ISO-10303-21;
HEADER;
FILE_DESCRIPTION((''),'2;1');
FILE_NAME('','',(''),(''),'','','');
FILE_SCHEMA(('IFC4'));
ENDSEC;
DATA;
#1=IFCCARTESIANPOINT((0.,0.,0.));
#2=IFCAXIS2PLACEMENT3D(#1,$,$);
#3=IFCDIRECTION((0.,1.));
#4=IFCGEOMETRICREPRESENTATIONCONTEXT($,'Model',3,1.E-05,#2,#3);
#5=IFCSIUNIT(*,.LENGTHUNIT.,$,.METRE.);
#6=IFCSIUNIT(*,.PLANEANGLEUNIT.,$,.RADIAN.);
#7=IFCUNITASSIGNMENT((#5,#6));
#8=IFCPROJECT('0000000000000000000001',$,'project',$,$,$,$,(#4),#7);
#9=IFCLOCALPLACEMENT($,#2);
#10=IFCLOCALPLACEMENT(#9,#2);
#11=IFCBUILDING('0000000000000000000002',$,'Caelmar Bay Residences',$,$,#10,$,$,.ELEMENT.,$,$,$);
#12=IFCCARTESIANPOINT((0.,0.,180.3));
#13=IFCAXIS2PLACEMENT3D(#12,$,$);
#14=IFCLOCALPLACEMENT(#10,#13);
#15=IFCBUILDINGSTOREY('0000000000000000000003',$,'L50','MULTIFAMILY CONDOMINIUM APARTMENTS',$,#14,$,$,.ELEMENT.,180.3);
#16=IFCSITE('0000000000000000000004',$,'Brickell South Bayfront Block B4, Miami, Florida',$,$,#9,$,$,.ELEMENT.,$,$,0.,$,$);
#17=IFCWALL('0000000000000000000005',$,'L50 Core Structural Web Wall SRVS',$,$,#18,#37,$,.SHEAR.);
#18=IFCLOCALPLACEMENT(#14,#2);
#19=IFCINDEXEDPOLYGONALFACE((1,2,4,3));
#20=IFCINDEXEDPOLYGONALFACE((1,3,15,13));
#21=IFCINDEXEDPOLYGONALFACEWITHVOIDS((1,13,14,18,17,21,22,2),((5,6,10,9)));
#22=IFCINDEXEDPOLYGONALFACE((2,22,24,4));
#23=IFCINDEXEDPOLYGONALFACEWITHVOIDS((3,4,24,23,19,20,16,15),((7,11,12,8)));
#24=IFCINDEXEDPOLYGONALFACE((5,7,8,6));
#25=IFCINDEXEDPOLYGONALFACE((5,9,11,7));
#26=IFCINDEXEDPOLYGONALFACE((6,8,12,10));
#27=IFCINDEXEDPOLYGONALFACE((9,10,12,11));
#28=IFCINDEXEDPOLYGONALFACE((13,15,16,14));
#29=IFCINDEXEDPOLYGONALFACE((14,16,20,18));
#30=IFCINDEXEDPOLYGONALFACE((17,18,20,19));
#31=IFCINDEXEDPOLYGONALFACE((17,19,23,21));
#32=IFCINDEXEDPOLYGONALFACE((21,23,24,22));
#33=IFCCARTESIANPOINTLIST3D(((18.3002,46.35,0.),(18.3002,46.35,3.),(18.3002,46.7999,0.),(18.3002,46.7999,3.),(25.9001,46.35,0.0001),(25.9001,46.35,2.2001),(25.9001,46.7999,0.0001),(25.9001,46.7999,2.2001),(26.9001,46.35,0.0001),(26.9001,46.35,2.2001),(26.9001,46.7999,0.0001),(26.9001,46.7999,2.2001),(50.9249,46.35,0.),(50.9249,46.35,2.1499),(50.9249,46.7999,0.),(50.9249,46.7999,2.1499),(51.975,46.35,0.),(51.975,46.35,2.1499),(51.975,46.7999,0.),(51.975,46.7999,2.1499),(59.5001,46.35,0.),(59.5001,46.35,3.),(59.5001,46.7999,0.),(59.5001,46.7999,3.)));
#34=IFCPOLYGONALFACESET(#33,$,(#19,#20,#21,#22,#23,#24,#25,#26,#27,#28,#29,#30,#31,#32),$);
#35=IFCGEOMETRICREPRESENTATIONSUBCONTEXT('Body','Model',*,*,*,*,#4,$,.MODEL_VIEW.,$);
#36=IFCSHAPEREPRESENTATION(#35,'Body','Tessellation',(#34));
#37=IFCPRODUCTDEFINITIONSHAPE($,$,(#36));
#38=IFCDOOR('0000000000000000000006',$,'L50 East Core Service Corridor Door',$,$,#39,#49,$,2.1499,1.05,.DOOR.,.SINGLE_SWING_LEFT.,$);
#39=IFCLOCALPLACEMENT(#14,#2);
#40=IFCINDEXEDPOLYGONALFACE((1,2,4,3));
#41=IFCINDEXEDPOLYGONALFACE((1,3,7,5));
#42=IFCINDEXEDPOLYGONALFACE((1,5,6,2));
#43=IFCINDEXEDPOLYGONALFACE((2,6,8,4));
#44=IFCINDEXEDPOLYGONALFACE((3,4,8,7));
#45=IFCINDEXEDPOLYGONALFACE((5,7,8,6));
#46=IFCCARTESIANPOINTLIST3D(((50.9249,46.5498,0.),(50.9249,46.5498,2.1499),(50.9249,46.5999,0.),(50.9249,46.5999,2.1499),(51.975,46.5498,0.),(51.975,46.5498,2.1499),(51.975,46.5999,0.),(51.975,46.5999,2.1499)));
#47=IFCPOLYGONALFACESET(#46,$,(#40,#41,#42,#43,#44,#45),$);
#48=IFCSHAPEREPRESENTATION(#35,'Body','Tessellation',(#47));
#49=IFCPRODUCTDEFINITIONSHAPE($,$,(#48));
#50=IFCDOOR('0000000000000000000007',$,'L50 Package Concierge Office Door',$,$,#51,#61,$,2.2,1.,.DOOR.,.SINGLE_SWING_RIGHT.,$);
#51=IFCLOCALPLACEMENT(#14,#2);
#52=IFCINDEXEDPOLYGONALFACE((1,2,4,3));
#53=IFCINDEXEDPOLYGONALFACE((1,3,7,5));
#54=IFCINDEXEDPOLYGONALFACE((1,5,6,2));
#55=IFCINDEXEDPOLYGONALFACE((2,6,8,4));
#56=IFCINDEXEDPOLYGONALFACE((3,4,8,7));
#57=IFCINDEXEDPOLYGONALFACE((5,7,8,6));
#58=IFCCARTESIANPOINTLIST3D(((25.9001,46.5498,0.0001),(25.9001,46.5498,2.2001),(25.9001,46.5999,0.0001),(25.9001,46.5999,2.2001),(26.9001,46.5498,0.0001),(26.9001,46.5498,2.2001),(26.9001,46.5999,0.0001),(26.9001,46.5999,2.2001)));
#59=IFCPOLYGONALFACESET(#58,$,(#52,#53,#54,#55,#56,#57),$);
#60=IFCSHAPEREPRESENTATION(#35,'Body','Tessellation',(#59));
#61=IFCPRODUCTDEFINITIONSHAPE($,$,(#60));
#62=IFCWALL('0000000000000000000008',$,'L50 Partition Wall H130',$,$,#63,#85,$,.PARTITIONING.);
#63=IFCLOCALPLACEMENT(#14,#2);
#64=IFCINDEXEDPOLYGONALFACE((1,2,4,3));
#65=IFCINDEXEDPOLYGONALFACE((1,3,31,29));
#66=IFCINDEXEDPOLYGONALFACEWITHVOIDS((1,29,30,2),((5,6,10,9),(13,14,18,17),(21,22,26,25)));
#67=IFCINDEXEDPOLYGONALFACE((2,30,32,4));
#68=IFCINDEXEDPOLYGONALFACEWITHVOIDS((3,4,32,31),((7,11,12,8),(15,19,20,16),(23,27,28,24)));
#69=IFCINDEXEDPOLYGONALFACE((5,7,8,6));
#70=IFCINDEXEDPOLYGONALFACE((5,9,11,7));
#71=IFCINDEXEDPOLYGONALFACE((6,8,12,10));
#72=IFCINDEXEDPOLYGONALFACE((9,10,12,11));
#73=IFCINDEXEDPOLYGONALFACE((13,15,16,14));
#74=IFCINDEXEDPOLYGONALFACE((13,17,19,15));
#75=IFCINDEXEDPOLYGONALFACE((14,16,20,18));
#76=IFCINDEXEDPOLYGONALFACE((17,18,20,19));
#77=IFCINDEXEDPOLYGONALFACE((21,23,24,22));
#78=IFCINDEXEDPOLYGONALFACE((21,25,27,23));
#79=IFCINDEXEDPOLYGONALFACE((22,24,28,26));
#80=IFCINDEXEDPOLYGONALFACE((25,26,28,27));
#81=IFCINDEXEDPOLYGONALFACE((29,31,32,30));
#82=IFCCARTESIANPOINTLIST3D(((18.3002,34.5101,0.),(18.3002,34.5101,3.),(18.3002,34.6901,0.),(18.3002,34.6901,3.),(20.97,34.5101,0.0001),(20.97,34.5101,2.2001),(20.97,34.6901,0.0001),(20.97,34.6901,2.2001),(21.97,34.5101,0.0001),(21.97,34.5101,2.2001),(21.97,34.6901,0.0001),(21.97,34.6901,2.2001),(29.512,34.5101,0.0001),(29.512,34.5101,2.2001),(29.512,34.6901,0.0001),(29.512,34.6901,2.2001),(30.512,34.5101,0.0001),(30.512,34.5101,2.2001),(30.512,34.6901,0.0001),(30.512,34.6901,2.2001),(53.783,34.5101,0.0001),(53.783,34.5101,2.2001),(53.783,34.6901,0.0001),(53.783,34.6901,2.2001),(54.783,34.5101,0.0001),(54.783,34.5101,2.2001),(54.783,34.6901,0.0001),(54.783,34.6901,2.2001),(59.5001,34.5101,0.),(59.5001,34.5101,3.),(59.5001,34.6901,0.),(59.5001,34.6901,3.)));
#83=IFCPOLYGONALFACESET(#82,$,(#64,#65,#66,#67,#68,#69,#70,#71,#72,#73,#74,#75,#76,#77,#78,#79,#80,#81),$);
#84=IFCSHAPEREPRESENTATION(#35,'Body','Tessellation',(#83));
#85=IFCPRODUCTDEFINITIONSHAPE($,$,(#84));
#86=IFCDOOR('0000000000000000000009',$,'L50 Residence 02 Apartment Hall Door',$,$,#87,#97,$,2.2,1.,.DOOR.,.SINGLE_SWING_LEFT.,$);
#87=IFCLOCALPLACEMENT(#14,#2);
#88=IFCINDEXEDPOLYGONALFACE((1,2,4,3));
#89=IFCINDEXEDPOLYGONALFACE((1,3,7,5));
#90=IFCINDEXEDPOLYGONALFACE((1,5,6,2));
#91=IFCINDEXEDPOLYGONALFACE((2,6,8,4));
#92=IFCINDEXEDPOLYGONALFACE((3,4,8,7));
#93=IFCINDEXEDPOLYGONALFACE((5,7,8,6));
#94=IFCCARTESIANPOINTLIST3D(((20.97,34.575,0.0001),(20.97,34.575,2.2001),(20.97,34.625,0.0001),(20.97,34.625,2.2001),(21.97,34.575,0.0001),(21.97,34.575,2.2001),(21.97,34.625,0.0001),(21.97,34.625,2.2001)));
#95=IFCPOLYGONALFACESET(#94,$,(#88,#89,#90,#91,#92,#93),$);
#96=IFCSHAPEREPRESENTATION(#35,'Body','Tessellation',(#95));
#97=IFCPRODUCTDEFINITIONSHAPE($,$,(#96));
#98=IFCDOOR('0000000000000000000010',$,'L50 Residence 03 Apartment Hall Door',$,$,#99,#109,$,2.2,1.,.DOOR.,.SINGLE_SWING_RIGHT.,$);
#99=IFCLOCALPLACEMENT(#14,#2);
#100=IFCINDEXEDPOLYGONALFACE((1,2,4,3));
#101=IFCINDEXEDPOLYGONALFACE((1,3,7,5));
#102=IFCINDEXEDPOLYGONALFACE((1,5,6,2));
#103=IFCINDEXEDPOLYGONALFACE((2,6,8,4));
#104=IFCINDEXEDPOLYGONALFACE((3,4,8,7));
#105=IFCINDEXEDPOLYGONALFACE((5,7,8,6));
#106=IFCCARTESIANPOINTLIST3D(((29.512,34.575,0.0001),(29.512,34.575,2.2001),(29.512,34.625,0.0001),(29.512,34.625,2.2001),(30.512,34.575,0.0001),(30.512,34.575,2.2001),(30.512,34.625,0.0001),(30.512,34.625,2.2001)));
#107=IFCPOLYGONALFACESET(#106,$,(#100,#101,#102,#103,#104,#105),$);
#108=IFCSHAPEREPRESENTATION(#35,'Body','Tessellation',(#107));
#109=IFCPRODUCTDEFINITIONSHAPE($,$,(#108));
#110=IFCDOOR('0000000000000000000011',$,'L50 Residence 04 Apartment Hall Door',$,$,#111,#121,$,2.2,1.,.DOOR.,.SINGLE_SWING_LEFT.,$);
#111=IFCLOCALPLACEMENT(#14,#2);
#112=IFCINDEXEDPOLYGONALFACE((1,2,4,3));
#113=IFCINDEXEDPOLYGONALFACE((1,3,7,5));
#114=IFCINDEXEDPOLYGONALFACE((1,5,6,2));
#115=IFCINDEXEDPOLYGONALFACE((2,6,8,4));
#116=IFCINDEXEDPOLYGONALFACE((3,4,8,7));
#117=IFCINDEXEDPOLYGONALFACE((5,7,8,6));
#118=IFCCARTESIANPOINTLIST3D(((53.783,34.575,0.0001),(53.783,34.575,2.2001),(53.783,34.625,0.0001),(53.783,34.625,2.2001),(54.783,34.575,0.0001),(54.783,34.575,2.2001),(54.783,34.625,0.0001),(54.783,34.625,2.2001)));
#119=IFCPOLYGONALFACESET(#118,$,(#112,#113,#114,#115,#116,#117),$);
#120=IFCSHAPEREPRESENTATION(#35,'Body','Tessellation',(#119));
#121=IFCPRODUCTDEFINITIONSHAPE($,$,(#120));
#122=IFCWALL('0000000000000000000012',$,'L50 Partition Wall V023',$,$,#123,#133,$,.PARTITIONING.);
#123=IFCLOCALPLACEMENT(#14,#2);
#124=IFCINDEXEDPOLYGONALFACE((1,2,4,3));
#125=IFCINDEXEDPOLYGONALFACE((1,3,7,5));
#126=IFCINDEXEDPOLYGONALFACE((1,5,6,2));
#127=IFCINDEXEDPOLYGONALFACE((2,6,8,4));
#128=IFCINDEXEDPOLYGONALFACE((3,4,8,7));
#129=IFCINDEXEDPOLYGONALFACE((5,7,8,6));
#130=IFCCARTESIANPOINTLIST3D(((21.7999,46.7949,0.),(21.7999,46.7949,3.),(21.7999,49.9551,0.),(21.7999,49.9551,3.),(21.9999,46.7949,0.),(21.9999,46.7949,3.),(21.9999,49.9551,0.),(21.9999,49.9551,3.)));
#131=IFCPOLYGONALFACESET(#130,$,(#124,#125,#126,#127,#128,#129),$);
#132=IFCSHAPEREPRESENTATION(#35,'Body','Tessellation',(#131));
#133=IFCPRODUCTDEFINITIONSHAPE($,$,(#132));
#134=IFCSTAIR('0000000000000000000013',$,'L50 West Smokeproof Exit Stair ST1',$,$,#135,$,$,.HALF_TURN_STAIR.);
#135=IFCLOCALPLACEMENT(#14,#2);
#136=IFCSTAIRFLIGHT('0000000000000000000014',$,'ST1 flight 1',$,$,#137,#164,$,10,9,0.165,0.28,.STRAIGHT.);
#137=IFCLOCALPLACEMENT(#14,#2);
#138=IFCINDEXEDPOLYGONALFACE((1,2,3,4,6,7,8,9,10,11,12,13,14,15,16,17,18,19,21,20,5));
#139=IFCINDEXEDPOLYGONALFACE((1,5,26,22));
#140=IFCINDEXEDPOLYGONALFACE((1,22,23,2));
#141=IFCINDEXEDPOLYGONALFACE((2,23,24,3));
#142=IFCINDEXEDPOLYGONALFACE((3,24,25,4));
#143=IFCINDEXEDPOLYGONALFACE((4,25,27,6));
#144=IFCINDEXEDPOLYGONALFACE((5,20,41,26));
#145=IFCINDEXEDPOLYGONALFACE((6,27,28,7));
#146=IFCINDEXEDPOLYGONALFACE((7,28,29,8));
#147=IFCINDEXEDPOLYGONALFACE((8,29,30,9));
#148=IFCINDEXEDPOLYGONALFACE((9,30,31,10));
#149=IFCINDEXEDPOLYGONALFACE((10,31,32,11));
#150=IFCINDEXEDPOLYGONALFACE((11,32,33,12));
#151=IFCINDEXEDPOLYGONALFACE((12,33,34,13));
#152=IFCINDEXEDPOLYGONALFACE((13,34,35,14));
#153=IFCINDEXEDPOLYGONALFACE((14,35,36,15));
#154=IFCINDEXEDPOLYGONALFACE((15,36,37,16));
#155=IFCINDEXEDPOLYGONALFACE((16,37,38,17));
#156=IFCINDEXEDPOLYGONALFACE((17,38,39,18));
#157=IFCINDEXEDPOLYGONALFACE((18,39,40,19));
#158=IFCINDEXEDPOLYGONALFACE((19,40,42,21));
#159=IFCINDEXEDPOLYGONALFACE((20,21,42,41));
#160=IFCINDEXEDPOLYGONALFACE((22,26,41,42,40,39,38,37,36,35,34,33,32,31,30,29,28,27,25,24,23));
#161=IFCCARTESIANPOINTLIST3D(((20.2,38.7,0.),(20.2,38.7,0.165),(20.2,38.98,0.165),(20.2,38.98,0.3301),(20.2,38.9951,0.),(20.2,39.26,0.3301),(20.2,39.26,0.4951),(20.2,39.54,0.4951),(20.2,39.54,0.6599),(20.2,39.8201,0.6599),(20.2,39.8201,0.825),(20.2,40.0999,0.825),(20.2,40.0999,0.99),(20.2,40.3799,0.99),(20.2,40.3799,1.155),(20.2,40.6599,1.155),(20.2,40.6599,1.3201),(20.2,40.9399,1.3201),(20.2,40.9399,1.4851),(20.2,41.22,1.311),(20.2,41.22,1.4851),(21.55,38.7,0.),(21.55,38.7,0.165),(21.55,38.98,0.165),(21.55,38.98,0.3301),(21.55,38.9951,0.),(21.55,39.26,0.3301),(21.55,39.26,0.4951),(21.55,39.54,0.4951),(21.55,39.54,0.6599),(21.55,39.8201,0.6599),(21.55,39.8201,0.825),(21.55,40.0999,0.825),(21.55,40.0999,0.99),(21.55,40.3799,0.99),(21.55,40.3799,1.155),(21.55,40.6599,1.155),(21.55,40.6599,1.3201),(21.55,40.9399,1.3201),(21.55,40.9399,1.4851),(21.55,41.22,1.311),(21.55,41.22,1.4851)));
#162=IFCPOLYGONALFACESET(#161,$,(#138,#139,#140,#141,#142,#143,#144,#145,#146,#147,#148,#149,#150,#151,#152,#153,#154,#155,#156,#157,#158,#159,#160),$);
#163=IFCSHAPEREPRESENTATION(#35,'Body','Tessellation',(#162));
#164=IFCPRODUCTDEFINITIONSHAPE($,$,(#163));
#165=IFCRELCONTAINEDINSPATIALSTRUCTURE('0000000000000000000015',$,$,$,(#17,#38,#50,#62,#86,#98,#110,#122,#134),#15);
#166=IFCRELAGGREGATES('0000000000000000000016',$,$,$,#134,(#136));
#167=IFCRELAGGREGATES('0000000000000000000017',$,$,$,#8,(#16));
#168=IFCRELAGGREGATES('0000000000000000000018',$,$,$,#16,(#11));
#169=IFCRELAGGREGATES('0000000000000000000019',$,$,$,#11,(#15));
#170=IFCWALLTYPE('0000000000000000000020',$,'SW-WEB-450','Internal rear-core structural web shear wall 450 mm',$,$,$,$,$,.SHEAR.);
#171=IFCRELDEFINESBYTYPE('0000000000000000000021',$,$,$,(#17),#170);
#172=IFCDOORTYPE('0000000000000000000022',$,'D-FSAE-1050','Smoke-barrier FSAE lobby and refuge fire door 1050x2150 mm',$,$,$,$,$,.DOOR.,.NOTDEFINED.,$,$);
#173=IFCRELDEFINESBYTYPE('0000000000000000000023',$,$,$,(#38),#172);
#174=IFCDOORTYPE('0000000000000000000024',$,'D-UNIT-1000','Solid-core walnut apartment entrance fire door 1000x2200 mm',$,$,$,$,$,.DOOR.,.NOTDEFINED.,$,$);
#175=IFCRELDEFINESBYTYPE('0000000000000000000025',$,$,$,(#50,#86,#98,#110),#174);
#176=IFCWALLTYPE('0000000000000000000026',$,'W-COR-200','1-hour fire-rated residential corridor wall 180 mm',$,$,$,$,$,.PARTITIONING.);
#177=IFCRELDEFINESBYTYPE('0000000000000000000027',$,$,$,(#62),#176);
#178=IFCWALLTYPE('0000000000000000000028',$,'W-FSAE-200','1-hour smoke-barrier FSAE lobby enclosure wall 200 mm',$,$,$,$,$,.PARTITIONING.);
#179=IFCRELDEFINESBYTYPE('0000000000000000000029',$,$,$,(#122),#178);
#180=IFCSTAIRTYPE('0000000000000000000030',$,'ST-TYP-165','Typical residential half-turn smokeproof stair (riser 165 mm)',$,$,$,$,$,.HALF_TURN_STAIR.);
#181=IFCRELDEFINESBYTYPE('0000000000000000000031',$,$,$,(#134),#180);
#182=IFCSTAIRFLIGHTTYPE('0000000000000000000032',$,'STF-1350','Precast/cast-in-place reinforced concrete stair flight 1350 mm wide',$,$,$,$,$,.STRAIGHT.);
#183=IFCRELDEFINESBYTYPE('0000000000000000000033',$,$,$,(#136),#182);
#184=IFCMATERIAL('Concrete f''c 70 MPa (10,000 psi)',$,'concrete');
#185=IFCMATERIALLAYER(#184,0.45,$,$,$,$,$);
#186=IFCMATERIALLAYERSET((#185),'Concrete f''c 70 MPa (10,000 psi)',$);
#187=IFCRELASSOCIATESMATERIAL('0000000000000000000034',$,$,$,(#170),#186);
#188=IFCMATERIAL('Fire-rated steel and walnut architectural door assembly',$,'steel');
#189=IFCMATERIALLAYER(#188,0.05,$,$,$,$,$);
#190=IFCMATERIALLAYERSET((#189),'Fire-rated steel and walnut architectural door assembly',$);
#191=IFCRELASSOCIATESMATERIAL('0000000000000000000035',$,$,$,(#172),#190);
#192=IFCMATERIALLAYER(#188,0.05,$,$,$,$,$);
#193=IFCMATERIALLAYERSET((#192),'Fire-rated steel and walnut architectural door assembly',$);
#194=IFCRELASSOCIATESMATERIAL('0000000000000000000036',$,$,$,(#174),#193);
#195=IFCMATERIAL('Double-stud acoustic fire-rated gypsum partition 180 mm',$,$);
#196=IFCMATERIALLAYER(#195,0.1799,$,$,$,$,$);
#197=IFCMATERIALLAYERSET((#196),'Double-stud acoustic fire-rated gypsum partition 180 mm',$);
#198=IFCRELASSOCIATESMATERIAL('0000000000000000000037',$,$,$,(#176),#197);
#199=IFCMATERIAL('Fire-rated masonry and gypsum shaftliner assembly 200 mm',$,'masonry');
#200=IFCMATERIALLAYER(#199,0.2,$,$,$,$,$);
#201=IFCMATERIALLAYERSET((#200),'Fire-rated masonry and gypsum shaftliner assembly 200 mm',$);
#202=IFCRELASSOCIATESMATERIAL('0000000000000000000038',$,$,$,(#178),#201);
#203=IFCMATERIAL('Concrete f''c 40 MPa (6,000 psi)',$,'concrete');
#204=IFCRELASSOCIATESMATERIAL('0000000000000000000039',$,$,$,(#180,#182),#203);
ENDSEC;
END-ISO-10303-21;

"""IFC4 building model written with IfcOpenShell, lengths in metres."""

from ifc_helpers import new_model, si_unit, direction, frame, frame_2d, origin, place, context, subcontext, project, spatial, polyline, rectangle, outline, extrude, material, layer, layer_set, type_object, element, fill, aggregate, save


model = new_model("IFC4")

# Units and contexts
model_context = context("Model", 3, precision=1e-05, world=origin(), true_north=direction((0.0, 1.0)))
body_context = subcontext(model_context, "Body", "Model", "MODEL_VIEW")
ifc_project = project(units=[si_unit("LENGTHUNIT", "METRE"), si_unit("PLANEANGLEUNIT", "RADIAN")], contexts=[model_context])

# Site, building, storey
site_placement = place(None, origin())
site = spatial("IfcSite", under=ifc_project, at=site_placement, Name="Brickell South Bayfront Block B4, Miami, Florida", CompositionType="ELEMENT", RefElevation=0.0)
building_placement = place(site_placement, origin())
building = spatial("IfcBuilding", under=site, at=building_placement, Name="Caelmar Bay Residences", CompositionType="ELEMENT")
storey_placement = place(building_placement, frame((0.0, 0.0, 180.3)))
storey = spatial("IfcBuildingStorey", under=building, at=storey_placement, Name="L50", Description="MULTIFAMILY CONDOMINIUM APARTMENTS", CompositionType="ELEMENT", Elevation=180.3)

# Shared definitions
ifc_material_1 = material(Name="Fire-rated steel and walnut architectural door assembly", Category="steel")

# Walls, openings, doors
ifc_material_2 = material(Name="Concrete f'c 70 MPa (10,000 psi)", Category="concrete")
ifc_layer_1 = layer(ifc_material_2, 0.45)
ifc_layer_set_1 = layer_set([ifc_layer_1], Name="Concrete f'c 70 MPa (10,000 psi)")
wall_type_1 = type_object("IfcWallType", Name="SW-WEB-450", Description="Internal rear-core structural web shear wall 450 mm", PredefinedType="SHEAR", material=ifc_layer_set_1)
ifc_layer_2 = layer(ifc_material_1, 0.05)
ifc_layer_set_2 = layer_set([ifc_layer_2], Name="Fire-rated steel and walnut architectural door assembly")
door_type_1 = type_object("IfcDoorType", Name="D-FSAE-1050", Description="Smoke-barrier FSAE lobby and refuge fire door 1050x2150 mm", OperationType="NOTDEFINED", PredefinedType="DOOR", material=ifc_layer_set_2)
ifc_layer_3 = layer(ifc_material_1, 0.05)
ifc_layer_set_3 = layer_set([ifc_layer_3], Name="Fire-rated steel and walnut architectural door assembly")
door_type_2 = type_object("IfcDoorType", Name="D-UNIT-1000", Description="Solid-core walnut apartment entrance fire door 1000x2200 mm", OperationType="NOTDEFINED", PredefinedType="DOOR", material=ifc_layer_set_3)
wall_1_placement = place(storey_placement, frame((18.3, 46.575, 0.0), z_axis=(0.0, 0.0, 1.0), x_axis=(1.0, 0.0, 0.0)))
wall_1 = element("IfcWall", 1, at=wall_1_placement, inside=storey, type_object=wall_type_1, Name="L50 Core Structural Web Wall SRVS", PredefinedType="SHEAR", context=body_context, shape_type="SweptSolid", body=[
    extrude(rectangle(XDim=41.2, YDim=0.45, at=frame_2d((20.6001, 0.0))), origin(), (0.0, 0.0, 1.0), 3.0),
])
opening_1_placement = place(wall_1_placement, frame((7.6001, 0.0, 0.0)))
opening_1 = element("IfcOpeningElement", 2, at=opening_1_placement, cuts=wall_1, PredefinedType="OPENING", context=body_context, shape_type="SweptSolid", body=[
    extrude(rectangle(XDim=1.0, YDim=2.2, at=frame_2d((0.5, 1.1001))), frame((0.0, 0.2349, 0.0), z_axis=(0.0, -1.0, 0.0), x_axis=(1.0, 0.0, 0.0)), (0.0, 0.0, 1.0), 0.47),
])
opening_2_placement = place(wall_1_placement, frame((32.625, 0.0, 0.0)))
opening_2 = element("IfcOpeningElement", 3, at=opening_2_placement, cuts=wall_1, PredefinedType="OPENING", context=body_context, shape_type="SweptSolid", body=[
    extrude(rectangle(XDim=1.05, YDim=2.1499, at=frame_2d((0.5249, 1.075))), frame((0.0, 0.2349, 0.0), z_axis=(0.0, -1.0, 0.0), x_axis=(1.0, 0.0, 0.0)), (0.0, 0.0, 1.0), 0.47),
])
door_1_placement = place(opening_2_placement, origin())
door_1 = element("IfcDoor", 4, at=door_1_placement, inside=storey, type_object=door_type_1, Name="L50 East Core Service Corridor Door", OperationType="SINGLE_SWING_LEFT", OverallHeight=2.1499, OverallWidth=1.05, PredefinedType="DOOR", context=body_context, shape_type="SweptSolid", body=[
    extrude(rectangle(XDim=1.05, YDim=2.1499, at=frame_2d((0.5249, 1.075))), frame((0.0, 0.0249, 0.0), z_axis=(0.0, -1.0, 0.0), x_axis=(1.0, 0.0, 0.0)), (0.0, 0.0, 1.0), 0.05),
])
fill(opening_2, door_1)
door_2_placement = place(opening_1_placement, origin())
door_2 = element("IfcDoor", 5, at=door_2_placement, inside=storey, type_object=door_type_2, Name="L50 Package Concierge Office Door", OperationType="SINGLE_SWING_RIGHT", OverallHeight=2.2, OverallWidth=1.0, PredefinedType="DOOR", context=body_context, shape_type="SweptSolid", body=[
    extrude(rectangle(XDim=1.0, YDim=2.2, at=frame_2d((0.5, 1.1001))), frame((0.0, 0.0249, 0.0), z_axis=(0.0, -1.0, 0.0), x_axis=(1.0, 0.0, 0.0)), (0.0, 0.0, 1.0), 0.05),
])
fill(opening_1, door_2)
ifc_material_3 = material(Name="Double-stud acoustic fire-rated gypsum partition 180 mm")
ifc_layer_4 = layer(ifc_material_3, 0.1799)
ifc_layer_set_4 = layer_set([ifc_layer_4], Name="Double-stud acoustic fire-rated gypsum partition 180 mm")
wall_type_2 = type_object("IfcWallType", Name="W-COR-200", Description="1-hour fire-rated residential corridor wall 180 mm", PredefinedType="PARTITIONING", material=ifc_layer_set_4)
wall_2_placement = place(storey_placement, frame((18.3, 34.6001, 0.0), z_axis=(0.0, 0.0, 1.0), x_axis=(1.0, 0.0, 0.0)))
wall_2 = element("IfcWall", 6, at=wall_2_placement, inside=storey, type_object=wall_type_2, Name="L50 Partition Wall H130", PredefinedType="PARTITIONING", context=body_context, shape_type="SweptSolid", body=[
    extrude(rectangle(XDim=41.2, YDim=0.1799, at=frame_2d((20.6001, 0.0))), origin(), (0.0, 0.0, 1.0), 3.0),
])
opening_3_placement = place(wall_2_placement, frame((2.6699, 0.0, 0.0)))
opening_3 = element("IfcOpeningElement", 7, at=opening_3_placement, cuts=wall_2, PredefinedType="OPENING", context=body_context, shape_type="SweptSolid", body=[
    extrude(rectangle(XDim=1.0, YDim=2.2, at=frame_2d((0.5, 1.1001))), frame((0.0, 0.0999, 0.0), z_axis=(0.0, -1.0, 0.0), x_axis=(1.0, 0.0, 0.0)), (0.0, 0.0, 1.0), 0.2),
])
opening_4_placement = place(wall_2_placement, frame((11.2119, 0.0, 0.0)))
opening_4 = element("IfcOpeningElement", 8, at=opening_4_placement, cuts=wall_2, PredefinedType="OPENING", context=body_context, shape_type="SweptSolid", body=[
    extrude(rectangle(XDim=1.0, YDim=2.2, at=frame_2d((0.5, 1.1001))), frame((0.0, 0.0999, 0.0), z_axis=(0.0, -1.0, 0.0), x_axis=(1.0, 0.0, 0.0)), (0.0, 0.0, 1.0), 0.2),
])
opening_5_placement = place(wall_2_placement, frame((35.4829, 0.0, 0.0)))
opening_5 = element("IfcOpeningElement", 9, at=opening_5_placement, cuts=wall_2, PredefinedType="OPENING", context=body_context, shape_type="SweptSolid", body=[
    extrude(rectangle(XDim=1.0, YDim=2.2, at=frame_2d((0.5, 1.1001))), frame((0.0, 0.0999, 0.0), z_axis=(0.0, -1.0, 0.0), x_axis=(1.0, 0.0, 0.0)), (0.0, 0.0, 1.0), 0.2),
])
door_3_placement = place(opening_3_placement, origin())
door_3 = element("IfcDoor", 10, at=door_3_placement, inside=storey, type_object=door_type_2, Name="L50 Residence 02 Apartment Hall Door", OperationType="SINGLE_SWING_LEFT", OverallHeight=2.2, OverallWidth=1.0, PredefinedType="DOOR", context=body_context, shape_type="SweptSolid", body=[
    extrude(rectangle(XDim=1.0, YDim=2.2, at=frame_2d((0.5, 1.1001))), frame((0.0, 0.0249, 0.0), z_axis=(0.0, -1.0, 0.0), x_axis=(1.0, 0.0, 0.0)), (0.0, 0.0, 1.0), 0.05),
])
fill(opening_3, door_3)
door_4_placement = place(opening_4_placement, origin())
door_4 = element("IfcDoor", 11, at=door_4_placement, inside=storey, type_object=door_type_2, Name="L50 Residence 03 Apartment Hall Door", OperationType="SINGLE_SWING_RIGHT", OverallHeight=2.2, OverallWidth=1.0, PredefinedType="DOOR", context=body_context, shape_type="SweptSolid", body=[
    extrude(rectangle(XDim=1.0, YDim=2.2, at=frame_2d((0.5, 1.1001))), frame((0.0, 0.0249, 0.0), z_axis=(0.0, -1.0, 0.0), x_axis=(1.0, 0.0, 0.0)), (0.0, 0.0, 1.0), 0.05),
])
fill(opening_4, door_4)
door_5_placement = place(opening_5_placement, origin())
door_5 = element("IfcDoor", 12, at=door_5_placement, inside=storey, type_object=door_type_2, Name="L50 Residence 04 Apartment Hall Door", OperationType="SINGLE_SWING_LEFT", OverallHeight=2.2, OverallWidth=1.0, PredefinedType="DOOR", context=body_context, shape_type="SweptSolid", body=[
    extrude(rectangle(XDim=1.0, YDim=2.2, at=frame_2d((0.5, 1.1001))), frame((0.0, 0.0249, 0.0), z_axis=(0.0, -1.0, 0.0), x_axis=(1.0, 0.0, 0.0)), (0.0, 0.0, 1.0), 0.05),
])
fill(opening_5, door_5)

# Wall
ifc_material_4 = material(Name="Fire-rated masonry and gypsum shaftliner assembly 200 mm", Category="masonry")
ifc_layer_5 = layer(ifc_material_4, 0.2)
ifc_layer_set_5 = layer_set([ifc_layer_5], Name="Fire-rated masonry and gypsum shaftliner assembly 200 mm")
wall_type_3 = type_object("IfcWallType", Name="W-FSAE-200", Description="1-hour smoke-barrier FSAE lobby enclosure wall 200 mm", PredefinedType="PARTITIONING", material=ifc_layer_set_5)
wall_3_placement = place(storey_placement, frame((21.8999, 46.7949, 0.0), z_axis=(0.0, 0.0, 1.0), x_axis=(0.0, 1.0, 0.0)))
element("IfcWall", 13, at=wall_3_placement, inside=storey, type_object=wall_type_3, Name="L50 Partition Wall V023", PredefinedType="PARTITIONING", context=body_context, shape_type="SweptSolid", body=[
    extrude(rectangle(XDim=3.1602, YDim=0.2, at=frame_2d((1.5801, 0.0))), origin(), (0.0, 0.0, 1.0), 3.0),
])

# Stair, stair flight
ifc_material_5 = material(Name="Concrete f'c 40 MPa (6,000 psi)", Category="concrete")
stair_type = type_object("IfcStairType", Name="ST-TYP-165", Description="Typical residential half-turn smokeproof stair (riser 165 mm)", PredefinedType="HALF_TURN_STAIR", material=ifc_material_5)
stair_placement = place(storey_placement, origin())
stair = element("IfcStair", 14, at=stair_placement, inside=storey, type_object=stair_type, Name="L50 West Smokeproof Exit Stair ST1", PredefinedType="HALF_TURN_STAIR")
stair_flight_type = type_object("IfcStairFlightType", Name="STF-1350", Description="Precast/cast-in-place reinforced concrete stair flight 1350 mm wide", PredefinedType="STRAIGHT", material=ifc_material_5)
stair_flight_1_placement = place(storey_placement, frame((20.875, 38.7, 0.0), z_axis=(0.0, 0.0, 1.0), x_axis=(0.0, 1.0, 0.0)))
stair_flight_1 = element("IfcStairFlight", 15, at=stair_flight_1_placement, type_object=stair_flight_type, Name="ST1 flight 1", NumberOfRisers=10, NumberOfTreads=9, PredefinedType="STRAIGHT", RiserHeight=0.165, TreadLength=0.28, context=body_context, shape_type="SweptSolid", body=[
    extrude(outline(polyline([(0.0, 0.0), (0.0, 0.165), (0.28, 0.165), (0.28, 0.3301), (0.5601, 0.3301), (0.5601, 0.4951), (0.8401, 0.4951), (0.8401, 0.6599), (1.1201, 0.6599), (1.1201, 0.825), (1.3999, 0.825), (1.3999, 0.99), (1.6799, 0.99), (1.6799, 1.155), (1.96, 1.155), (1.96, 1.3201), (2.24, 1.3201), (2.24, 1.4851), (2.52, 1.4851), (2.52, 1.6499), (2.52, 1.311), (0.2952, 0.0), (0.0, 0.0)])), frame((0.0, 0.675, 0.0), z_axis=(0.0, -1.0, 0.0), x_axis=(1.0, 0.0, 0.0)), (0.0, 0.0, 1.0), 1.3501),
])
aggregate(stair, [stair_flight_1])

save(model, "model.ifc")
